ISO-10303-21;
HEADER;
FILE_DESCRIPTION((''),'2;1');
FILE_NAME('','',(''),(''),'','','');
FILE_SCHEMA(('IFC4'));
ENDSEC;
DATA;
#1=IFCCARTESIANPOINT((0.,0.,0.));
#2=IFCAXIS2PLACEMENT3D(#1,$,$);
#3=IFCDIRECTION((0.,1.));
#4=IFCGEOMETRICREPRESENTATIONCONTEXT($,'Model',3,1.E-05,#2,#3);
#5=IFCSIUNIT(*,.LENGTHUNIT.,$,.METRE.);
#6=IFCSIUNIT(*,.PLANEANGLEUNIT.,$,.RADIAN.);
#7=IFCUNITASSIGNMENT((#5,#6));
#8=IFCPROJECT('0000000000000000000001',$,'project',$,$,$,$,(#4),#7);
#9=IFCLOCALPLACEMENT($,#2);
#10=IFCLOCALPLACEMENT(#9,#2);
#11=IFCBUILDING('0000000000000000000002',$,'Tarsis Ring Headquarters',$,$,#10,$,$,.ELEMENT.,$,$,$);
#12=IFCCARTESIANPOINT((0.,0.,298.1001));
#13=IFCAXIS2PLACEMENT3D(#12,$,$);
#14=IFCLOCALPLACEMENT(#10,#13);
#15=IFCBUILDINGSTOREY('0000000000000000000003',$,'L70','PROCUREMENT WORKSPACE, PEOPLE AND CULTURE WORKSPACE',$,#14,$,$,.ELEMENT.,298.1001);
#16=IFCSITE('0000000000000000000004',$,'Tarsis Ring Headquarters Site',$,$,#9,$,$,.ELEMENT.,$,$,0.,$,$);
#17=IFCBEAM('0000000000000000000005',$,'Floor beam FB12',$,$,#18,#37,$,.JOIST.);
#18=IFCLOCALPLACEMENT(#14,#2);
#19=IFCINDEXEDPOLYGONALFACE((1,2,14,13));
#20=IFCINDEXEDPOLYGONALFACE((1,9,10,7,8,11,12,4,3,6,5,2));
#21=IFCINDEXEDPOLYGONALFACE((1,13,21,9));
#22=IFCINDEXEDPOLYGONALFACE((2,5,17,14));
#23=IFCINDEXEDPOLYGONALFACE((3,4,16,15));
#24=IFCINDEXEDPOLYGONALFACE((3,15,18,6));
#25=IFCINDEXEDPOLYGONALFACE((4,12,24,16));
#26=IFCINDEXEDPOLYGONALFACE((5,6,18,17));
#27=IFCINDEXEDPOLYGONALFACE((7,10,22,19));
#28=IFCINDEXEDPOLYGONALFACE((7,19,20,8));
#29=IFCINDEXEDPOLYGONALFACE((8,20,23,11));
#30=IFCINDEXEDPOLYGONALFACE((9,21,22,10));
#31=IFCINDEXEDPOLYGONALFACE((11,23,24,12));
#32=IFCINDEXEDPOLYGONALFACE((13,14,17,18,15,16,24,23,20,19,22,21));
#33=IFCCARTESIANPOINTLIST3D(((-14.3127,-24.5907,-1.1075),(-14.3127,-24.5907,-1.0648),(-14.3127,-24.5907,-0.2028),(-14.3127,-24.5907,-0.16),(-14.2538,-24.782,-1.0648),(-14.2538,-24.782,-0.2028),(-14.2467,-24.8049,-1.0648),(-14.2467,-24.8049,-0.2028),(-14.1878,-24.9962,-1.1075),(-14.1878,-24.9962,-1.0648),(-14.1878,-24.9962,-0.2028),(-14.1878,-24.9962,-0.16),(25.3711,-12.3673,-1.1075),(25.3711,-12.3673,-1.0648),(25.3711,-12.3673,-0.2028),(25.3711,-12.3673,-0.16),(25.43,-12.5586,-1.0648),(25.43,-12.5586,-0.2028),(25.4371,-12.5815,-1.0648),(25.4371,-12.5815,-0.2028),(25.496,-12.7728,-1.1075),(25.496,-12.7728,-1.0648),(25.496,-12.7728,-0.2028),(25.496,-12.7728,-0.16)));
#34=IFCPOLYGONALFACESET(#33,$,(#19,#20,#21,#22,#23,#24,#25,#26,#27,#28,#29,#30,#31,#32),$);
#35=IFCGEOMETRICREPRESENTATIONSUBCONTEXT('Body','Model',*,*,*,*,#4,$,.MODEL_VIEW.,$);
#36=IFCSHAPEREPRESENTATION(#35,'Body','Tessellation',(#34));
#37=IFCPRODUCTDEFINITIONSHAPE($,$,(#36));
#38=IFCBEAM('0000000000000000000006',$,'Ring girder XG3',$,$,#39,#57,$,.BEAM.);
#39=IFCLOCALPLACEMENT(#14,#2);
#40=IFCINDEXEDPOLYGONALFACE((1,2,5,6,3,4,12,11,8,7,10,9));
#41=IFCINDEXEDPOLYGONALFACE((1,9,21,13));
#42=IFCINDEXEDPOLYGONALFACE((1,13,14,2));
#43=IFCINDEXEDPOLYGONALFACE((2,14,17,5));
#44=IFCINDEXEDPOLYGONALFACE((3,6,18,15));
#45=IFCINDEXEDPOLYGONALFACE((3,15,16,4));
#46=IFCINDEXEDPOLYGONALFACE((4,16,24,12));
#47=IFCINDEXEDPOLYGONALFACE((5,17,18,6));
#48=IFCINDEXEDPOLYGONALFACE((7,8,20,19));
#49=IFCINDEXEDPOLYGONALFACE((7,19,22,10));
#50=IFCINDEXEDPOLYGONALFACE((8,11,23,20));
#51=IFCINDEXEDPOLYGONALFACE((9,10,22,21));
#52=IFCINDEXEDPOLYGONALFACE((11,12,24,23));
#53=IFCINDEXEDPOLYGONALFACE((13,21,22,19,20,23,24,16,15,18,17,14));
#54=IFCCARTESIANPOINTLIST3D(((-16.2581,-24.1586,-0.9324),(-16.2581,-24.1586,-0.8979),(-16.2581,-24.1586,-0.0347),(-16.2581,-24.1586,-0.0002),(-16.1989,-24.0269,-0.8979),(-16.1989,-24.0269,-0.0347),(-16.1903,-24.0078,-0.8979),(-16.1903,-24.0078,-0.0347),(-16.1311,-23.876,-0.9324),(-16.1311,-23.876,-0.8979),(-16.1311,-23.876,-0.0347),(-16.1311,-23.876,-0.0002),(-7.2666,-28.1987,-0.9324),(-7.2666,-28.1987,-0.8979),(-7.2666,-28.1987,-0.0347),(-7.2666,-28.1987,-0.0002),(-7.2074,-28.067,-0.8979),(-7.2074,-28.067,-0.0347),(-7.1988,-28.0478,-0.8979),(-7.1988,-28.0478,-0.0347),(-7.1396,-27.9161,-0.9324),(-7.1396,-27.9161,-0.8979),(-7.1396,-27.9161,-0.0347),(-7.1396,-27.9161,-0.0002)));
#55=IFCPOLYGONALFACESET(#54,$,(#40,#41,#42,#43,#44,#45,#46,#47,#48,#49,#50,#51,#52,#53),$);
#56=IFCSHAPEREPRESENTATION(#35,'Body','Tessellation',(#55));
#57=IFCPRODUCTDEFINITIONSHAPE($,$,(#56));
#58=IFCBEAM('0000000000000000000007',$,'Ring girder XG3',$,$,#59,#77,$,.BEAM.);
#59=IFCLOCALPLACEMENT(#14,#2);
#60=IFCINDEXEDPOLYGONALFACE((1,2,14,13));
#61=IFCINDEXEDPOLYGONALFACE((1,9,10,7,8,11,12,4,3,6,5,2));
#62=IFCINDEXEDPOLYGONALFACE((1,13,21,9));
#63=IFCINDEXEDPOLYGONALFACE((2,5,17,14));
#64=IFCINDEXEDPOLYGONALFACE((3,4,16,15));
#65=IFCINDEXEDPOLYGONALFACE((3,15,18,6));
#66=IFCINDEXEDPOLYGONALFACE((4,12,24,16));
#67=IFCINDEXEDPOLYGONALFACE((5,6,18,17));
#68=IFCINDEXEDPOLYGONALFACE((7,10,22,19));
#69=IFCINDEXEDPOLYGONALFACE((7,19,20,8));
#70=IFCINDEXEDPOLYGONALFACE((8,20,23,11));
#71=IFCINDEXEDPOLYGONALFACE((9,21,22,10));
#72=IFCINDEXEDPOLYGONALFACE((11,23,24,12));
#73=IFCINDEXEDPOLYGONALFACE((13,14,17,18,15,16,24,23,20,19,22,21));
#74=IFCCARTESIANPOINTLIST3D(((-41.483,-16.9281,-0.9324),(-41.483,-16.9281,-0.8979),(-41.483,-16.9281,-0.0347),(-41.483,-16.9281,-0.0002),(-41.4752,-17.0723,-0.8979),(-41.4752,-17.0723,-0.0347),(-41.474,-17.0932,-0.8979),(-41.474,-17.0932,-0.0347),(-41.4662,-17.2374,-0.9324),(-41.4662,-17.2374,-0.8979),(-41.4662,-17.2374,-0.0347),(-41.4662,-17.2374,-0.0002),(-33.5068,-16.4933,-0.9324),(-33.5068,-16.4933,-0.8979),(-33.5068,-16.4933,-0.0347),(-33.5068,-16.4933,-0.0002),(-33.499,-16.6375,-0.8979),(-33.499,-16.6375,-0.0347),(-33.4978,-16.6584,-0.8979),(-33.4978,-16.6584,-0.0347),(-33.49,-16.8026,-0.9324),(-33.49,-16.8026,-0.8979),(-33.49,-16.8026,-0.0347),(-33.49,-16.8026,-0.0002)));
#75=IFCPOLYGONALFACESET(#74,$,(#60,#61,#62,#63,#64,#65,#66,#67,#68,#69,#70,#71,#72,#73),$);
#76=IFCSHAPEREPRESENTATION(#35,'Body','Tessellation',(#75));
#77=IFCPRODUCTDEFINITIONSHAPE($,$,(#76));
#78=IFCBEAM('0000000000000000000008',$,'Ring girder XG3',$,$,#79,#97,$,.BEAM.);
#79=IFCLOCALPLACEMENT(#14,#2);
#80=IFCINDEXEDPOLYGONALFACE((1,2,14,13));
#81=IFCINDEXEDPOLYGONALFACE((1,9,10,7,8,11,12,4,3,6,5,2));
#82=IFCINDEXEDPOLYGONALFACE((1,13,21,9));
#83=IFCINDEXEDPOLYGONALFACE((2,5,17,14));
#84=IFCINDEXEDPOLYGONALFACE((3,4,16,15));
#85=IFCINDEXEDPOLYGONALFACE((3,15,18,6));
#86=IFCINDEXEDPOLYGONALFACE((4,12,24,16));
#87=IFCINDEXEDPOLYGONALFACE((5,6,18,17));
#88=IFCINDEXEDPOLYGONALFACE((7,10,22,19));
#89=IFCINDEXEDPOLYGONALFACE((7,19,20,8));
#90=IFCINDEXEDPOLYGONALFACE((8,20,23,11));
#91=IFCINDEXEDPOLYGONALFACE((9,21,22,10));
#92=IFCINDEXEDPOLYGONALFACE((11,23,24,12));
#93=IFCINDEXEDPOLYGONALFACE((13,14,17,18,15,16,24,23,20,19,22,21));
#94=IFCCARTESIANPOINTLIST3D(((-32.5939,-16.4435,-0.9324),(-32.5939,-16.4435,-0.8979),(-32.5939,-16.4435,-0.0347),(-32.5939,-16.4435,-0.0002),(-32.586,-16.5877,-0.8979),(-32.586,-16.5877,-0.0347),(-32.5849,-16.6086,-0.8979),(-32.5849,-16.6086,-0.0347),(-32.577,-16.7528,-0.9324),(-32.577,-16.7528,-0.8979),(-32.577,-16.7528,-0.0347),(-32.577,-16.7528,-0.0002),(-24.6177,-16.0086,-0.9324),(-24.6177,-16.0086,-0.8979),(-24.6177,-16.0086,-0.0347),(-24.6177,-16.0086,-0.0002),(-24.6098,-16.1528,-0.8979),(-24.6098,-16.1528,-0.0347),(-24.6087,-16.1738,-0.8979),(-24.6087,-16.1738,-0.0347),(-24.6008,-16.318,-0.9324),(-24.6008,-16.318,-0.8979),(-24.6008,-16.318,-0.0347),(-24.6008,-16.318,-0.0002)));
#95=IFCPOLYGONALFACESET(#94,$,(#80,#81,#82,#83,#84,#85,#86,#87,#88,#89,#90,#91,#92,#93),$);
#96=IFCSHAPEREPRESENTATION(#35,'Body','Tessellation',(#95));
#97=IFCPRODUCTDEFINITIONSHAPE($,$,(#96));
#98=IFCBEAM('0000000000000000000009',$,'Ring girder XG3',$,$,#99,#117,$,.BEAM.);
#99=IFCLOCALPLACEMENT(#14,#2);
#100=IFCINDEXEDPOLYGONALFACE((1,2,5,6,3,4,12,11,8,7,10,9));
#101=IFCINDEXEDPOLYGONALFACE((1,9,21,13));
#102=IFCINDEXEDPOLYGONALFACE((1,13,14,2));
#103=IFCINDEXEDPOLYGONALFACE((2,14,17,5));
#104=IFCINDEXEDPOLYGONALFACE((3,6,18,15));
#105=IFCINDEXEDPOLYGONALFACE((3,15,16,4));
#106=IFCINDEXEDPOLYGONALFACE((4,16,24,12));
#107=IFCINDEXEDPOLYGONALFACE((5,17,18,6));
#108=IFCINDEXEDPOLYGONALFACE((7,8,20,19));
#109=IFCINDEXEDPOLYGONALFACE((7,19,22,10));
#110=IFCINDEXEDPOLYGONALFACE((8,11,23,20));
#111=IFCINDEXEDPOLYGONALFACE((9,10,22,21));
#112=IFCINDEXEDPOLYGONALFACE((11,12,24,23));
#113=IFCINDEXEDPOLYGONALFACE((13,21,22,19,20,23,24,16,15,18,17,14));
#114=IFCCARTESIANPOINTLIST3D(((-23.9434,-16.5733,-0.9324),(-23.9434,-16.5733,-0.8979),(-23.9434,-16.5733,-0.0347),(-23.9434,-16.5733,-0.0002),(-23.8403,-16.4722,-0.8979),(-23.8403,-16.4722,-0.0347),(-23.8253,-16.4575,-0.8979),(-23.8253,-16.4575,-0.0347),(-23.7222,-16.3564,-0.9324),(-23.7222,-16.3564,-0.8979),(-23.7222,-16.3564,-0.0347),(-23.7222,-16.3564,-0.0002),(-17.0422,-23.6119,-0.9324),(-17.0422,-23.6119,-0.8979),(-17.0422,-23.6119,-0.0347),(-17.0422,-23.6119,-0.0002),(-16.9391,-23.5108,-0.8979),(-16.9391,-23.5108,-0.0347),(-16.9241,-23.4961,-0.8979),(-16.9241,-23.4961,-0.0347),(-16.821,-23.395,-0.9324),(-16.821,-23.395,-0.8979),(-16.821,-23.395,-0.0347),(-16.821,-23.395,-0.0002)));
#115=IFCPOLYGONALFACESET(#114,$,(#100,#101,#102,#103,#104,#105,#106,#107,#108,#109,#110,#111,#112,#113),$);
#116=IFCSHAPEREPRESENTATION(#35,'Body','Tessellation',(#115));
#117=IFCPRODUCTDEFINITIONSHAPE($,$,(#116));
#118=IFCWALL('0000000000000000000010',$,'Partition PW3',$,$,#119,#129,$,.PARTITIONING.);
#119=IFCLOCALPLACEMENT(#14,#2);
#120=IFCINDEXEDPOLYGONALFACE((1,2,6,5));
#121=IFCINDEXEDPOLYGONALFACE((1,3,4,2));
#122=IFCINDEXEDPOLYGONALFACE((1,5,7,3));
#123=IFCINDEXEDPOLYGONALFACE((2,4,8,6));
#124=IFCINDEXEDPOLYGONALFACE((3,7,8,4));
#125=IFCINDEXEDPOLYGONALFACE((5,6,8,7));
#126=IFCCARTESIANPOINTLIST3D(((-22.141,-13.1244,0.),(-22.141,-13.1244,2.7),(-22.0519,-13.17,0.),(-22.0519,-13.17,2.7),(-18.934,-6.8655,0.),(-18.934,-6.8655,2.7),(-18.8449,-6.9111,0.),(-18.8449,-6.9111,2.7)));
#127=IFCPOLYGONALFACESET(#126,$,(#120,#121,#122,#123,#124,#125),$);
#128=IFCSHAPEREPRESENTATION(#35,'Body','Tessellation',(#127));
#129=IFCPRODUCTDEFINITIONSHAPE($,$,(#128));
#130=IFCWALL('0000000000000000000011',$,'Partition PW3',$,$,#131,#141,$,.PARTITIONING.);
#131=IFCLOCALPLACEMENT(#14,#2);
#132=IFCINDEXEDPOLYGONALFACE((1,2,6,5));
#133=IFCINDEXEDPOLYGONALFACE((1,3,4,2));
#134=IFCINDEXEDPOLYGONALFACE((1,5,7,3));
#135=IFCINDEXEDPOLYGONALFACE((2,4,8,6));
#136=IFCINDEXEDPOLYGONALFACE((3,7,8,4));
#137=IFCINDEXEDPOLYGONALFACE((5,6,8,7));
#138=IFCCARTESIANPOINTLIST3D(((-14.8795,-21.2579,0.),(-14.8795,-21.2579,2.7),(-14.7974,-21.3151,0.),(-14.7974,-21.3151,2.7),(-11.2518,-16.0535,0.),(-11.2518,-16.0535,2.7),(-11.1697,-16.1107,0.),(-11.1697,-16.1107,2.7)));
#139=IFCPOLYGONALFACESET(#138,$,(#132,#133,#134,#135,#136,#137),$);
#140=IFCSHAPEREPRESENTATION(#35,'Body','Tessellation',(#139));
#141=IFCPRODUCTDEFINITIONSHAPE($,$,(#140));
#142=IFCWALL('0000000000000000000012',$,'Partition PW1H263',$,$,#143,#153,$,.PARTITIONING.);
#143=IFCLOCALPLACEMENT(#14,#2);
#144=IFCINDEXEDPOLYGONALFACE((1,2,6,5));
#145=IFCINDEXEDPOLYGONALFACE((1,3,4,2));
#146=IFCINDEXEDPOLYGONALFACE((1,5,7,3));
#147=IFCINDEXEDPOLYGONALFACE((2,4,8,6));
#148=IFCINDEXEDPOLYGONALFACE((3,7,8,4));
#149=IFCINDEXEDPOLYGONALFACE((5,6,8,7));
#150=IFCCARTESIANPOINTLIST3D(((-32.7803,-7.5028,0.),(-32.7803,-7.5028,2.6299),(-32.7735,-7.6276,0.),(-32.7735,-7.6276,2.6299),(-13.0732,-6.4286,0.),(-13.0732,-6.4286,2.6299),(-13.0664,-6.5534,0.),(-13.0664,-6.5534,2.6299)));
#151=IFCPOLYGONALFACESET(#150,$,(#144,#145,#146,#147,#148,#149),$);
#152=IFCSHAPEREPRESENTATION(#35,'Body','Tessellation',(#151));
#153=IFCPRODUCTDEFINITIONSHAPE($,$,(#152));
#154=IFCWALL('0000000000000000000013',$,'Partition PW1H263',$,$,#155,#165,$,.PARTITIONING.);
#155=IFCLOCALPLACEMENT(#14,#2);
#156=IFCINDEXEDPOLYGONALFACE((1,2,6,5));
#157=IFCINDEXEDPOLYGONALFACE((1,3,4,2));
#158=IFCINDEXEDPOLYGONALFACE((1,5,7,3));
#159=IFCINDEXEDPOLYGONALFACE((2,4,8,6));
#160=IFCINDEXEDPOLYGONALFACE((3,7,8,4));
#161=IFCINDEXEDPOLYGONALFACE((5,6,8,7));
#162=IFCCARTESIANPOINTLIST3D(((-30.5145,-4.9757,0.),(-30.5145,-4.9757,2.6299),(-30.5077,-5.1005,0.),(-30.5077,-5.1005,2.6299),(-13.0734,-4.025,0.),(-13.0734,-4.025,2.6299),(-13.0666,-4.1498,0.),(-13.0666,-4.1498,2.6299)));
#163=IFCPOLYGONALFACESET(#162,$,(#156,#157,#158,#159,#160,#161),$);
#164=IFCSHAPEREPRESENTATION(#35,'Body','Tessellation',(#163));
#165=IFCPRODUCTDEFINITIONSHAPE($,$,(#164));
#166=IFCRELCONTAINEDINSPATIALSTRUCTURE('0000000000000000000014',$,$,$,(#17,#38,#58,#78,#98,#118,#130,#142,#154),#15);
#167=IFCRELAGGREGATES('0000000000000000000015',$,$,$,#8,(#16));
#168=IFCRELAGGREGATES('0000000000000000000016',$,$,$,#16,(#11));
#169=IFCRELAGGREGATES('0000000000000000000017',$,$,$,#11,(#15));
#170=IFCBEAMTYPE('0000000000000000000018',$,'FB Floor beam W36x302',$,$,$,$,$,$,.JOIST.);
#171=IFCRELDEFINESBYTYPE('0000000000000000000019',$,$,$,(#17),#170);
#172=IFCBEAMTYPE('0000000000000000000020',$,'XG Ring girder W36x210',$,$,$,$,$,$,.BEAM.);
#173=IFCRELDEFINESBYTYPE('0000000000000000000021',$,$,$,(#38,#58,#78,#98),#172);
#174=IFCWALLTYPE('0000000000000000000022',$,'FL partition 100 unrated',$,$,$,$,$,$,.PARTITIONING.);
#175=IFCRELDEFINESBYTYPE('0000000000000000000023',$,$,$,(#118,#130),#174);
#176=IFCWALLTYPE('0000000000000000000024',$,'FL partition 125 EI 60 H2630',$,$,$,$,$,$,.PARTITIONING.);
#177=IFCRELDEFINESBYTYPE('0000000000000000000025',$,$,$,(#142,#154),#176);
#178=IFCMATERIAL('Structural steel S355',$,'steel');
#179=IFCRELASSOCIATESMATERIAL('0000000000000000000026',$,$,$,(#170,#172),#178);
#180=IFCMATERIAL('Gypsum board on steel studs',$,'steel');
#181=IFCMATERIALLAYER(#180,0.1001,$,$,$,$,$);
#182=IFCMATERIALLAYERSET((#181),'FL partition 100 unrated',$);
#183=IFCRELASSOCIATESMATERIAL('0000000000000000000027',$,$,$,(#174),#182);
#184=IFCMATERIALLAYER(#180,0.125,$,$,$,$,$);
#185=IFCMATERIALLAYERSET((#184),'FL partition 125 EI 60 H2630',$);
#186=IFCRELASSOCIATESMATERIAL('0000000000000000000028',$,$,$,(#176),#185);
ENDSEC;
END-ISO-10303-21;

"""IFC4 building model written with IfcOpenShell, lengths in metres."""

from ifc_helpers import new_model, si_unit, direction, frame, frame_2d, origin, origin_2d, place, context, subcontext, project, spatial, rectangle, i_section, extrude, material, layer, layer_set, material_profile, profile_set, type_object, element, save


model = new_model("IFC4")

# Units and contexts
model_context = context("Model", 3, precision=1e-05, world=origin(), true_north=direction((0.0, 1.0)))
body_context = subcontext(model_context, "Body", "Model", "MODEL_VIEW")
ifc_project = project(units=[si_unit("LENGTHUNIT", "METRE"), si_unit("PLANEANGLEUNIT", "RADIAN")], contexts=[model_context])

# Site, building, storey
site_placement = place(None, origin())
site = spatial("IfcSite", under=ifc_project, at=site_placement, Name="Tarsis Ring Headquarters Site", CompositionType="ELEMENT", RefElevation=0.0)
building_placement = place(site_placement, origin())
building = spatial("IfcBuilding", under=site, at=building_placement, Name="Tarsis Ring Headquarters", CompositionType="ELEMENT")
storey_placement = place(building_placement, frame((0.0, 0.0, 298.1001)))
storey = spatial("IfcBuildingStorey", under=building, at=storey_placement, Name="L70", Description="PROCUREMENT WORKSPACE, PEOPLE AND CULTURE WORKSPACE", CompositionType="ELEMENT", Elevation=298.1001)

# Shared definitions
ifc_material_1 = material(Name="Structural steel S355", Category="steel")

# Beams
ifc_material_profile_1 = material_profile(ifc_material_1, i_section(OverallWidth=0.4243, OverallDepth=0.9475, WebThickness=0.0239, FlangeThickness=0.0427, at=origin_2d()), Name="W36x302")
ifc_profile_set_1 = profile_set([ifc_material_profile_1], Name="Structural steel S355")
beam_type_1 = type_object("IfcBeamType", Name="FB Floor beam W36x302", PredefinedType="JOIST", material=ifc_profile_set_1)
beam_1_placement = place(storey_placement, frame((-14.2502, -24.7935, -0.6338), z_axis=(0.955691, 0.294371, 0.0), x_axis=(-0.294371, 0.955691, 0.0)))
element("IfcBeam", 1, at=beam_1_placement, inside=storey, type_object=beam_type_1, Name="Floor beam FB12", PredefinedType="JOIST", context=body_context, shape_type="SweptSolid", body=[
    extrude(i_section(OverallWidth=0.4243, OverallDepth=0.9475, WebThickness=0.0239, FlangeThickness=0.0427, at=origin_2d()), origin(), (0.0, 0.0, 1.0), 41.5237),
])
ifc_material_profile_2 = material_profile(ifc_material_1, i_section(OverallWidth=0.3098, OverallDepth=0.9321, WebThickness=0.021, FlangeThickness=0.0344, at=origin_2d()), Name="W36x210")
ifc_profile_set_2 = profile_set([ifc_material_profile_2], Name="Structural steel S355")
beam_type_2 = type_object("IfcBeamType", Name="XG Ring girder W36x210", PredefinedType="BEAM", material=ifc_profile_set_2)
beam_2_placement = place(storey_placement, frame((-16.1946, -24.0173, -0.4663), z_axis=(0.912154, -0.409849, 0.0), x_axis=(0.409849, 0.912154, 0.0)))
element("IfcBeam", 2, at=beam_2_placement, inside=storey, type_object=beam_type_2, Name="Ring girder XG3", PredefinedType="BEAM", context=body_context, shape_type="SweptSolid", body=[
    extrude(i_section(OverallWidth=0.3098, OverallDepth=0.9321, WebThickness=0.021, FlangeThickness=0.0344, at=origin_2d()), origin(), (0.0, 0.0, 1.0), 9.8574),
])
for number, where, z_axis, x_axis, name in (
    (3, (-41.4746, -17.0828, -0.4663), (0.998517, 0.054434, 0.0), (-0.054434, 0.998517, 0.0), "Ring girder XG3"),
    (4, (-32.5854, -16.5981, -0.4663), (0.998517, 0.054434, 0.0), (-0.054434, 0.998517, 0.0), "Ring girder XG3"),
):
    element("IfcBeam", number, at=place(storey_placement, frame(where, z_axis=z_axis, x_axis=x_axis)), inside=storey, type_object=beam_type_2, Name=name, PredefinedType="BEAM", context=body_context, shape_type="SweptSolid", body=[
        extrude(i_section(OverallWidth=0.3098, OverallDepth=0.9321, WebThickness=0.021, FlangeThickness=0.0344, at=origin_2d()), origin(), (0.0, 0.0, 1.0), 7.988),
    ])
beam_3_placement = place(storey_placement, frame((-23.8328, -16.4648, -0.4663), z_axis=(0.7001, -0.714044, 0.0), x_axis=(0.714044, 0.7001, 0.0)))
element("IfcBeam", 5, at=beam_3_placement, inside=storey, type_object=beam_type_2, Name="Ring girder XG3", PredefinedType="BEAM", context=body_context, shape_type="SweptSolid", body=[
    extrude(i_section(OverallWidth=0.3098, OverallDepth=0.9321, WebThickness=0.021, FlangeThickness=0.0344, at=origin_2d()), origin(), (0.0, 0.0, 1.0), 9.8574),
])

# Walls
ifc_material_2 = material(Name="Gypsum board on steel studs", Category="steel")
ifc_layer_1 = layer(ifc_material_2, 0.1001)
ifc_layer_set_1 = layer_set([ifc_layer_1], Name="FL partition 100 unrated")
wall_type_1 = type_object("IfcWallType", Name="FL partition 100 unrated", PredefinedType="PARTITIONING", material=ifc_layer_set_1)
wall_1_placement = place(storey_placement, frame((-22.0964, -13.1472, 0.0), z_axis=(0.0, 0.0, 1.0), x_axis=(0.456009, 0.889975, 0.0)))
element("IfcWall", 6, at=wall_1_placement, inside=storey, type_object=wall_type_1, Name="Partition PW3", PredefinedType="PARTITIONING", context=body_context, shape_type="SweptSolid", body=[
    extrude(rectangle(XDim=7.0327, YDim=0.1001, at=frame_2d((3.5164, 0.0))), origin(), (0.0, 0.0, 1.0), 2.7),
])
wall_2_placement = place(storey_placement, frame((-14.8384, -21.2864, 0.0), z_axis=(0.0, 0.0, 1.0), x_axis=(0.571837, 0.820368, 0.0)))
element("IfcWall", 7, at=wall_2_placement, inside=storey, type_object=wall_type_1, Name="Partition PW3", PredefinedType="PARTITIONING", context=body_context, shape_type="SweptSolid", body=[
    extrude(rectangle(XDim=6.344, YDim=0.1001, at=frame_2d((3.1719, 0.0))), origin(), (0.0, 0.0, 1.0), 2.7),
])
ifc_layer_2 = layer(ifc_material_2, 0.125)
ifc_layer_set_2 = layer_set([ifc_layer_2], Name="FL partition 125 EI 60 H2630")
wall_type_2 = type_object("IfcWallType", Name="FL partition 125 EI 60 H2630", PredefinedType="PARTITIONING", material=ifc_layer_set_2)
wall_3_placement = place(storey_placement, frame((-32.7769, -7.5652, 0.0), z_axis=(0.0, 0.0, 1.0), x_axis=(0.998518, 0.054429, 0.0)))
element("IfcWall", 8, at=wall_3_placement, inside=storey, type_object=wall_type_2, Name="Partition PW1H263", PredefinedType="PARTITIONING", context=body_context, shape_type="SweptSolid", body=[
    extrude(rectangle(XDim=19.7363, YDim=0.125, at=frame_2d((9.8682, 0.0))), origin(), (0.0, 0.0, 1.0), 2.6299),
])
wall_4_placement = place(storey_placement, frame((-30.511, -5.0381, 0.0), z_axis=(0.0, 0.0, 1.0), x_axis=(0.998518, 0.054427, 0.0)))
element("IfcWall", 9, at=wall_4_placement, inside=storey, type_object=wall_type_2, Name="Partition PW1H263", PredefinedType="PARTITIONING", context=body_context, shape_type="SweptSolid", body=[
    extrude(rectangle(XDim=17.467, YDim=0.125, at=frame_2d((8.7334, 0.0))), origin(), (0.0, 0.0, 1.0), 2.6299),
])

save(model, "model.ifc")
